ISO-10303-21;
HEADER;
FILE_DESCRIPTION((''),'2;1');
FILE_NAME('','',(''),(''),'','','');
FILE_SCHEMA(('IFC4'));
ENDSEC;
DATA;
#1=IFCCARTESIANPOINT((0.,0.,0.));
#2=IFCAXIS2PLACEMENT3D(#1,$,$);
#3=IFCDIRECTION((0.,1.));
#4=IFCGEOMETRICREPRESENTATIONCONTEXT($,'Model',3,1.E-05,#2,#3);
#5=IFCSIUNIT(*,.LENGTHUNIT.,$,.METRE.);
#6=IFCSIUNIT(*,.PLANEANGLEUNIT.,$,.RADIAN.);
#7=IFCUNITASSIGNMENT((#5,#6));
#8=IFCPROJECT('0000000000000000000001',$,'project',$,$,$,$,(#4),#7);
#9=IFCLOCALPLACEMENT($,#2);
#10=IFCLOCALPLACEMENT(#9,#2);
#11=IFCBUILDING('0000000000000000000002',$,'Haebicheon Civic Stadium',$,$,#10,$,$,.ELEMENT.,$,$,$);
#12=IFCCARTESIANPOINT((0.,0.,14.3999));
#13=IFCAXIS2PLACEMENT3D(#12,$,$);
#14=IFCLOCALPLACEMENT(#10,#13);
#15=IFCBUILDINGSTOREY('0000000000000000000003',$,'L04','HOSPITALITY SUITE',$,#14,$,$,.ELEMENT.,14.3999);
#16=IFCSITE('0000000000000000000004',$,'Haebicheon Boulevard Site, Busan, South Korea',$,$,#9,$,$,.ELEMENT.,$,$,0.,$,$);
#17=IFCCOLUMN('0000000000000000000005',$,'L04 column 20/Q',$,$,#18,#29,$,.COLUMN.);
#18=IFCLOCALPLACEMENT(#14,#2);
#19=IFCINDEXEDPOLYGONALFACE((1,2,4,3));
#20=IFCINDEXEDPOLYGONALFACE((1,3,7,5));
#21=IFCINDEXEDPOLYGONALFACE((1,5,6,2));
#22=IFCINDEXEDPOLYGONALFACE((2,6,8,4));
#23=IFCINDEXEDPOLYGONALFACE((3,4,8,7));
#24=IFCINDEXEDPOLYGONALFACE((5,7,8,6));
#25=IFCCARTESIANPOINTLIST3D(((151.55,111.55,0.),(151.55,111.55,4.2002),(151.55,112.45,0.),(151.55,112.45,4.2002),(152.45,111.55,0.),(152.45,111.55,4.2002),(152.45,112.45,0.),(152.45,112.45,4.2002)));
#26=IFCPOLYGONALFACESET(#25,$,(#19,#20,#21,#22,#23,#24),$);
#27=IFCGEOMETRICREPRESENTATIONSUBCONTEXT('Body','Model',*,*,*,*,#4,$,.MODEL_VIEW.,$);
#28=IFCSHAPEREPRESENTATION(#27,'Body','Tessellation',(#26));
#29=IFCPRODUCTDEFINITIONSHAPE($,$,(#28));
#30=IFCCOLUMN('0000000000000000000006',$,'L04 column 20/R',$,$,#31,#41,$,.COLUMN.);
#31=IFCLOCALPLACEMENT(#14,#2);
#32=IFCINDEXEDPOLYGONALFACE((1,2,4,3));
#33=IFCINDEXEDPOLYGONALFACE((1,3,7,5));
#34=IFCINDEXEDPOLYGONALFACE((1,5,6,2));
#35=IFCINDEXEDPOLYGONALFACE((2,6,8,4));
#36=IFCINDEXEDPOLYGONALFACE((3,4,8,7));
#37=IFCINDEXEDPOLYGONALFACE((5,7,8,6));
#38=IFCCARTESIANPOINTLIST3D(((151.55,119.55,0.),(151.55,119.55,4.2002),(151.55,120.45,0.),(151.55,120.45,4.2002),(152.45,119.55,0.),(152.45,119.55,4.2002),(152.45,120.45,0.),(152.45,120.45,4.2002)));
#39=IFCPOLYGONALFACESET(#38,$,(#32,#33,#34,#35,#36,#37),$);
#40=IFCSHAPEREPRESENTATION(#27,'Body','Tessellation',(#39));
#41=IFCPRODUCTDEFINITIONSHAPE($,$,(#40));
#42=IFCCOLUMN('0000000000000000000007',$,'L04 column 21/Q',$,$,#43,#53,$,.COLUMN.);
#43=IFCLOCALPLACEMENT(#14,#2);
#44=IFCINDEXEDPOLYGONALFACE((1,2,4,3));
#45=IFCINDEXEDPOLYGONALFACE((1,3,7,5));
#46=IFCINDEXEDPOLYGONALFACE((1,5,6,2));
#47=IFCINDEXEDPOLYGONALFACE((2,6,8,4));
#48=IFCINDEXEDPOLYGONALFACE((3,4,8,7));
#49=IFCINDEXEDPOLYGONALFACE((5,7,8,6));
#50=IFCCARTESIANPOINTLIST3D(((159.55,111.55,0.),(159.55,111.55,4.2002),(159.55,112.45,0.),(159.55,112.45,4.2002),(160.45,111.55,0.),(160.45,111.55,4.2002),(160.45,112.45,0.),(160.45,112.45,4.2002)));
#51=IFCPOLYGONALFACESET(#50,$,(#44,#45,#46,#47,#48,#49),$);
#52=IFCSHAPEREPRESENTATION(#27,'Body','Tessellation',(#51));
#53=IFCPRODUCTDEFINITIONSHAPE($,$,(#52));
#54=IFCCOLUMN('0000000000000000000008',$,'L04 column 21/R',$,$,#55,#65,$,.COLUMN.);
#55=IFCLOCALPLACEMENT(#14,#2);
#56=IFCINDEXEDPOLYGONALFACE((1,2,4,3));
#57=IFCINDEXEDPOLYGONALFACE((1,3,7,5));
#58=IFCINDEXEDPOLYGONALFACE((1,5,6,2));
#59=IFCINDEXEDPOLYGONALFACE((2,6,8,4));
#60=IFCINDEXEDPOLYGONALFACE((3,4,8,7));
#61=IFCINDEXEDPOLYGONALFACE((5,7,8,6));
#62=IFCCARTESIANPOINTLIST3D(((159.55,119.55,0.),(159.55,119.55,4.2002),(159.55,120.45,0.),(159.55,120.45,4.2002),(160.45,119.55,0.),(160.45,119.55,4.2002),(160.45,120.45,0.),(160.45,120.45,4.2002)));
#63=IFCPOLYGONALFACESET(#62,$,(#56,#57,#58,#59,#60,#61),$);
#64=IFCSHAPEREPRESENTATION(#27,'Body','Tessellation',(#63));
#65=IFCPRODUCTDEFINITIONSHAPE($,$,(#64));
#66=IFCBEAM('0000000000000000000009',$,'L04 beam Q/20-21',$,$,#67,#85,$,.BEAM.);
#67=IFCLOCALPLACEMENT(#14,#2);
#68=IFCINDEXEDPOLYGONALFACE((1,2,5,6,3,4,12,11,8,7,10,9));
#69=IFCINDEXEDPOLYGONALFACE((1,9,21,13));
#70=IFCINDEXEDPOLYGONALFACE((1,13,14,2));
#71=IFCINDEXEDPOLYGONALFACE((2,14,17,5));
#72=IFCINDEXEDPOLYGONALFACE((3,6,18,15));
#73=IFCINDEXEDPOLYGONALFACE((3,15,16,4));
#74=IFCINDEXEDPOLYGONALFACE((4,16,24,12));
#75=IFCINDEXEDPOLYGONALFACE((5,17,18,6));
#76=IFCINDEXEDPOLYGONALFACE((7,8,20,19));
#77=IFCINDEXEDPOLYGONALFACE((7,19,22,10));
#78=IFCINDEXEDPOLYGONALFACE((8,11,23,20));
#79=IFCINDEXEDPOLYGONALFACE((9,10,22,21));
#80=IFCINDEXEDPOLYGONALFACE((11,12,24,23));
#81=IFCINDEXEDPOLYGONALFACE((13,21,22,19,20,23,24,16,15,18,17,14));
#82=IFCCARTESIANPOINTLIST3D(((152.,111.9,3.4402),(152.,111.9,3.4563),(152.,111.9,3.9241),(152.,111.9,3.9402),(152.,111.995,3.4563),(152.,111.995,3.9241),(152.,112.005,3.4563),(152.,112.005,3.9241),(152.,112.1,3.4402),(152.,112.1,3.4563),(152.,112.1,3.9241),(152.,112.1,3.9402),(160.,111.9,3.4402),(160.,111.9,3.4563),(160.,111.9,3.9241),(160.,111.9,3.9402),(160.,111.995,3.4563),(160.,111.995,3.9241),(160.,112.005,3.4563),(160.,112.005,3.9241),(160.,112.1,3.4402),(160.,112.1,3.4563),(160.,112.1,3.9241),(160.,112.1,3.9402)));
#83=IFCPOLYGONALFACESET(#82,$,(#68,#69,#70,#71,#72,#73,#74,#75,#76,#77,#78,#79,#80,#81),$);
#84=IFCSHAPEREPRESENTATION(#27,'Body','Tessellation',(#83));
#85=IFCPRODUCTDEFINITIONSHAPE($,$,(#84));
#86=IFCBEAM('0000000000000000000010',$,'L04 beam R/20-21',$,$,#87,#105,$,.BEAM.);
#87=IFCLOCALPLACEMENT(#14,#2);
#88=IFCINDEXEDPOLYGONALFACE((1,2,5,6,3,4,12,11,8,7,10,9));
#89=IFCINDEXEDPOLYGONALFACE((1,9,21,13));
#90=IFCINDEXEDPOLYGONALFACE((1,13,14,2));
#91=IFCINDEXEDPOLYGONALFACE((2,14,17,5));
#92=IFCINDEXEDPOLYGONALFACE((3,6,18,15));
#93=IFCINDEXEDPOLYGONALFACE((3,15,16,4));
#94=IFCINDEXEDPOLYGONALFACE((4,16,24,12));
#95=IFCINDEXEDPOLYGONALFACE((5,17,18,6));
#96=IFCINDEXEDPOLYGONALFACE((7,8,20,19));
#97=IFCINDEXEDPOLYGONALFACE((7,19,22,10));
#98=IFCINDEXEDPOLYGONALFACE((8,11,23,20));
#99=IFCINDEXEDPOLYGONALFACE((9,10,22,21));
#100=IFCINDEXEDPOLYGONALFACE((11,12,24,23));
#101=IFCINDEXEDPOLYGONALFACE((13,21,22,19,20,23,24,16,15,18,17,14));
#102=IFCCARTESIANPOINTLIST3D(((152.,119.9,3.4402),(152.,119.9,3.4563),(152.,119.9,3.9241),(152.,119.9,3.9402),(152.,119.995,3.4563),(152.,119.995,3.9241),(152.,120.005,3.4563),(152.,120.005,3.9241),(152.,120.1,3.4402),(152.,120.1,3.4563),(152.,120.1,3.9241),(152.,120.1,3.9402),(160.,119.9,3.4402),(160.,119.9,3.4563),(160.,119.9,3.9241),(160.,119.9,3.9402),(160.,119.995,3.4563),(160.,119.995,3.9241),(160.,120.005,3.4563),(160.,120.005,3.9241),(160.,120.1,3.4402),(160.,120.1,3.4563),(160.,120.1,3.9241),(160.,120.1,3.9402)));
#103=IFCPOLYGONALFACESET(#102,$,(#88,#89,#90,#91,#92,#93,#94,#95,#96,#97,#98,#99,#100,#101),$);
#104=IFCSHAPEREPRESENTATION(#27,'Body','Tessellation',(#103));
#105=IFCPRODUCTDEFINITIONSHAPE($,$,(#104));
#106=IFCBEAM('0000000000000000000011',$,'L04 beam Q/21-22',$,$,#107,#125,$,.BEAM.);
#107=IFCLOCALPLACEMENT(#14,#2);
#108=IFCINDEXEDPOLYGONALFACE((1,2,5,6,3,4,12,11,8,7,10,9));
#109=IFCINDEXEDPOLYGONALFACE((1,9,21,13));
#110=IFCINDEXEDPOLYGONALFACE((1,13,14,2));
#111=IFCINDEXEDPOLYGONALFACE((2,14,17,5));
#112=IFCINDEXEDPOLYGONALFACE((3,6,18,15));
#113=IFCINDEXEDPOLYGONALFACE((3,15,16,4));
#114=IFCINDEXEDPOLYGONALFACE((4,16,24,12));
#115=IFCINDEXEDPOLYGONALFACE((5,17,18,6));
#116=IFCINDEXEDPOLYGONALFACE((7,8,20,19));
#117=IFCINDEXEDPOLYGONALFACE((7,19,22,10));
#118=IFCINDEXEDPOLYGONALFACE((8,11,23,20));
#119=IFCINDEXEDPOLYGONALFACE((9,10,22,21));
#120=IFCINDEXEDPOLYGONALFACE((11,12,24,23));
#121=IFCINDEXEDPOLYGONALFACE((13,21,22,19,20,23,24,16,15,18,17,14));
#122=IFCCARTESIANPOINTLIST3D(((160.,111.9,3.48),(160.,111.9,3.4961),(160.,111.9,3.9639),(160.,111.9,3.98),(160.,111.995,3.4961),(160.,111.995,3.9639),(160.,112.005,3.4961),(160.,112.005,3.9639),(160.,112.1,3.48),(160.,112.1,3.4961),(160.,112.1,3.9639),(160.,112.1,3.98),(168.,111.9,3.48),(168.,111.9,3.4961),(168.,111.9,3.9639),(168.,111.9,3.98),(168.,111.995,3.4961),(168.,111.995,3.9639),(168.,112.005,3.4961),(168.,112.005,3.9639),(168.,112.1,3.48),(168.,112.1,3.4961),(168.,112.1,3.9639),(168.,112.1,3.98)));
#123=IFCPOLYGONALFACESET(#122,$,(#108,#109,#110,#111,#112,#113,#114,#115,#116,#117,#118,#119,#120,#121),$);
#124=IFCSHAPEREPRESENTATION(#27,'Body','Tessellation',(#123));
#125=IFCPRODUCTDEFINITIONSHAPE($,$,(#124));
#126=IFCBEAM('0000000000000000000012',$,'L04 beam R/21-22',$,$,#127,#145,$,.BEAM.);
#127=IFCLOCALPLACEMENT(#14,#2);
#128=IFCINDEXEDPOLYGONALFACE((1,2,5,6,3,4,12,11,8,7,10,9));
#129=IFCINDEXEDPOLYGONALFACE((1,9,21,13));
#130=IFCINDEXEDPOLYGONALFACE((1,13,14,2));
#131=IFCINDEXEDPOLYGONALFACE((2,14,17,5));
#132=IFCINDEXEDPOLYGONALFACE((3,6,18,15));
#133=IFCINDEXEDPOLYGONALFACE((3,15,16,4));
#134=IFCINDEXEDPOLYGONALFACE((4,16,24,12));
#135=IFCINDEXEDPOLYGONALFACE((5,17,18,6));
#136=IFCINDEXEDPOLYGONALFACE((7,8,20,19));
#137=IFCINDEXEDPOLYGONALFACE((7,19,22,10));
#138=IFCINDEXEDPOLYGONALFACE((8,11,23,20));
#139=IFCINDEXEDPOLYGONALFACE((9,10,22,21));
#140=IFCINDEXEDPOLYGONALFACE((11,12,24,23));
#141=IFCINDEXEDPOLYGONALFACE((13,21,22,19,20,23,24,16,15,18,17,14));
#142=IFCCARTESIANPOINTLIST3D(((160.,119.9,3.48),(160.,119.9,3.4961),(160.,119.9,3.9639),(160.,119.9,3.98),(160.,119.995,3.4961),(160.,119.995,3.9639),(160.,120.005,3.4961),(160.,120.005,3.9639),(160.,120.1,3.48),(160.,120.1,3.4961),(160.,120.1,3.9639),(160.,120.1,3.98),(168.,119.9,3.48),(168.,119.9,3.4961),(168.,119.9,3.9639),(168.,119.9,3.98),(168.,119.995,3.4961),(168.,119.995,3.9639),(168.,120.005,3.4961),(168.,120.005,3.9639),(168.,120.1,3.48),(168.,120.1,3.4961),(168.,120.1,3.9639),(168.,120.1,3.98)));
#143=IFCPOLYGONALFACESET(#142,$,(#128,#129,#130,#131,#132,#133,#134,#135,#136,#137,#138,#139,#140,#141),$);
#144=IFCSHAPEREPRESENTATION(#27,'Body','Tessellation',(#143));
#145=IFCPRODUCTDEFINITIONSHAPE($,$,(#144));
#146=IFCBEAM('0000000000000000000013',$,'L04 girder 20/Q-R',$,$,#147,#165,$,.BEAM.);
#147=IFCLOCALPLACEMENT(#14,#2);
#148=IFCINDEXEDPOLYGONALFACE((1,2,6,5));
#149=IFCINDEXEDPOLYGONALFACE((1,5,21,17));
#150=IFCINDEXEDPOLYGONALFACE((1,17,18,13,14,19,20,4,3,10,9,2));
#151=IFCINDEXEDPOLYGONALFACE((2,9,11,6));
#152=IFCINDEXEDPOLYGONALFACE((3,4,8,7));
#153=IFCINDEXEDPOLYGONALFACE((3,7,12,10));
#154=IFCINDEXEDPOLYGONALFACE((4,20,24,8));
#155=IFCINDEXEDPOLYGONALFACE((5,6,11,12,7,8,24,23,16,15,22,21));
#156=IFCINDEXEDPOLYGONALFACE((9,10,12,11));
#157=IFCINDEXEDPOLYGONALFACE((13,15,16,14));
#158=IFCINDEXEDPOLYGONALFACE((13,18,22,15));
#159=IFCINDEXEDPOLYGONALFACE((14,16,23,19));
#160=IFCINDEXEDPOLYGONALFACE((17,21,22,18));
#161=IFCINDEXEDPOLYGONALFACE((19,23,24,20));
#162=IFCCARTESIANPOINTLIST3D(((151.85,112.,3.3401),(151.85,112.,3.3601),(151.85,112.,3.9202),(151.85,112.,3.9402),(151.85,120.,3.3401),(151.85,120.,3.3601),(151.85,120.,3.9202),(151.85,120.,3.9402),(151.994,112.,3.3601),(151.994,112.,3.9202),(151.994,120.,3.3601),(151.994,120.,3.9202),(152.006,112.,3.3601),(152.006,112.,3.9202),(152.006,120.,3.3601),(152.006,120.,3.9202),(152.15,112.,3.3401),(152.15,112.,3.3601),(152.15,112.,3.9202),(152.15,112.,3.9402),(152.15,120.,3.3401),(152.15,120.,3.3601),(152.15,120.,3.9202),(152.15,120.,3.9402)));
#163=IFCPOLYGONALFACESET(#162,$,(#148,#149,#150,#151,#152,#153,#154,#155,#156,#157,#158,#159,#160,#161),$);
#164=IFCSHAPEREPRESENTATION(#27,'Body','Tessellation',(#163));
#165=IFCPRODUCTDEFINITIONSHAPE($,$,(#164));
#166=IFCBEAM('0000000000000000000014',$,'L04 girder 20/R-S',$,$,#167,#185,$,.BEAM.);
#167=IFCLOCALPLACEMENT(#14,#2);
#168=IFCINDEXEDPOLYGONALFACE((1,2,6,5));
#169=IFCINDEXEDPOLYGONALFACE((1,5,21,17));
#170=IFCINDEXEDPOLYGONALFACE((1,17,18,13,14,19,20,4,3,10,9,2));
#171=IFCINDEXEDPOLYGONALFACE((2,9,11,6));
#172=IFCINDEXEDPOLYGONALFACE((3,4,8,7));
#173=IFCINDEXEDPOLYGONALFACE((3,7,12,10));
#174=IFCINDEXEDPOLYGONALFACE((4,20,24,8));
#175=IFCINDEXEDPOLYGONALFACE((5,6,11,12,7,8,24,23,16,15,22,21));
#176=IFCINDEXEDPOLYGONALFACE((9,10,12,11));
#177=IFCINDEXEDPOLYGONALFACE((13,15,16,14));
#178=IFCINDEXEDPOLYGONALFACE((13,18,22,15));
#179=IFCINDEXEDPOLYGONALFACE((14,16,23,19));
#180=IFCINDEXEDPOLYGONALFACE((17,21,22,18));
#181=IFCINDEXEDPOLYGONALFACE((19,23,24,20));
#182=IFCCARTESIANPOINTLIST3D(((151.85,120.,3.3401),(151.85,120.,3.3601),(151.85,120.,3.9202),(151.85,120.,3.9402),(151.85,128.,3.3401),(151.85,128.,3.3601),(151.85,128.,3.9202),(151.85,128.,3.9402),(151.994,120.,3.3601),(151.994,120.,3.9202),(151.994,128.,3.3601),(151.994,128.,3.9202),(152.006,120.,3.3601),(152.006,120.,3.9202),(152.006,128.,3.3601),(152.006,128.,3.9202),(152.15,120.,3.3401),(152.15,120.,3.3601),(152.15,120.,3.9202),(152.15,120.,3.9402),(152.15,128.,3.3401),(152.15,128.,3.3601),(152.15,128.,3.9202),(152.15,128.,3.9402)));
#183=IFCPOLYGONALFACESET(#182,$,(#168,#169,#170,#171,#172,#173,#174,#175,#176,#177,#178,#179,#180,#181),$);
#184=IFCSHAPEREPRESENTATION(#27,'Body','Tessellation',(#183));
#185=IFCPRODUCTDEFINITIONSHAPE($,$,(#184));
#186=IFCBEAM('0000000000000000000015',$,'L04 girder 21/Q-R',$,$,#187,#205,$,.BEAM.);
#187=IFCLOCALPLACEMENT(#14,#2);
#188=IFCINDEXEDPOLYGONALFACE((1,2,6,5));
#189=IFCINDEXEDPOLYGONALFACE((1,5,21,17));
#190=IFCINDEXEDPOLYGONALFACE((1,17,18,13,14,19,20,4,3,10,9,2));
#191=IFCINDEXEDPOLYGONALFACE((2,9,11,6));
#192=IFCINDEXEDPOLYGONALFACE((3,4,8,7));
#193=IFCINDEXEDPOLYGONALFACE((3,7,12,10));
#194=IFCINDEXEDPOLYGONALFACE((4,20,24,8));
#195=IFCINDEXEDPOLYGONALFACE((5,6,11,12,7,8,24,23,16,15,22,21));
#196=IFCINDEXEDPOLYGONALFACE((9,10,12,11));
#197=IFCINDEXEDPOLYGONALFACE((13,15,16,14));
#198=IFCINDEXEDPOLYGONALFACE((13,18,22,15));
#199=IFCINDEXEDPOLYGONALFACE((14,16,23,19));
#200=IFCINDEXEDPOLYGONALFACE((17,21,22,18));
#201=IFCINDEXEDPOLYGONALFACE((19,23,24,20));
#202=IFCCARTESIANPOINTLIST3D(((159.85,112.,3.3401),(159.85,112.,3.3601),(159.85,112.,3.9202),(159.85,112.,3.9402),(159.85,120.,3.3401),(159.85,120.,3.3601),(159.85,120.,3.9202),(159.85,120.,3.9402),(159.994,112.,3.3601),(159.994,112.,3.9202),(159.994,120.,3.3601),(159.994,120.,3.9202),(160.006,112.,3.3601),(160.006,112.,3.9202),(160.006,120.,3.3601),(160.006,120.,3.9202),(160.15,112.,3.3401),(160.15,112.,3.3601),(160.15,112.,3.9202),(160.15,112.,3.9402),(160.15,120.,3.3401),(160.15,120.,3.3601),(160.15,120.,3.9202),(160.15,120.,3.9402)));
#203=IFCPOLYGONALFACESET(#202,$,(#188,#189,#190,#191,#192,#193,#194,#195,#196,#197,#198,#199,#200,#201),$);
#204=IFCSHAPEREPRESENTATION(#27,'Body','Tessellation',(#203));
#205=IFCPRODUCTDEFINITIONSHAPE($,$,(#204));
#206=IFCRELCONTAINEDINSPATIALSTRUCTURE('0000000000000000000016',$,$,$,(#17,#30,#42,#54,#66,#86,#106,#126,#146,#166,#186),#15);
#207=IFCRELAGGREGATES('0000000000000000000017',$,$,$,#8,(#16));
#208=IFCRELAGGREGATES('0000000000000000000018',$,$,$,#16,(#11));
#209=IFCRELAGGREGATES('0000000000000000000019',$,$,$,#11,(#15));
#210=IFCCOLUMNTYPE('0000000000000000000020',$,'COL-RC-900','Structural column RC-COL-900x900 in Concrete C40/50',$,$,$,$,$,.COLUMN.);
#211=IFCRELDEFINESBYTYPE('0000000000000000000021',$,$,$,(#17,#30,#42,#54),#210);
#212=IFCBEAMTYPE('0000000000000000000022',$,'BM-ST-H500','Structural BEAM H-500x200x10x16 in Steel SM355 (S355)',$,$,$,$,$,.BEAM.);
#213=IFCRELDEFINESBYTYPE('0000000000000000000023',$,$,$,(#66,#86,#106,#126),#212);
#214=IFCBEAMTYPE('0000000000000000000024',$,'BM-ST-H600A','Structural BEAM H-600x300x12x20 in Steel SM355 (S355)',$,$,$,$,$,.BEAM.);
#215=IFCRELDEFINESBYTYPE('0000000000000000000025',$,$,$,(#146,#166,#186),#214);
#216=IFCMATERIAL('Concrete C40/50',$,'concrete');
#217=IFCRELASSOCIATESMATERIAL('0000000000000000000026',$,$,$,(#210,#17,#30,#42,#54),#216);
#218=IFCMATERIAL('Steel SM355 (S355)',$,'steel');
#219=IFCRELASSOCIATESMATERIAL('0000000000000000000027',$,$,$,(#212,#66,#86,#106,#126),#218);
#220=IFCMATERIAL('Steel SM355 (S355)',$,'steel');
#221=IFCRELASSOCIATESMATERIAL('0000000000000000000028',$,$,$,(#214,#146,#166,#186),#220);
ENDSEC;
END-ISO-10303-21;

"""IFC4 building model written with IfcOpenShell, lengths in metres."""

from ifc_helpers import new_model, si_unit, direction, frame, origin, origin_2d, place, context, subcontext, project, spatial, rectangle, i_section, extrude, material, material_profile, profile_set, type_object, element, save


model = new_model("IFC4")

# Units and contexts
model_context = context("Model", 3, precision=1e-05, world=origin(), true_north=direction((0.0, 1.0)))
body_context = subcontext(model_context, "Body", "Model", "MODEL_VIEW")
ifc_project = project(units=[si_unit("LENGTHUNIT", "METRE"), si_unit("PLANEANGLEUNIT", "RADIAN")], contexts=[model_context])

# Site, building, storey
site_placement = place(None, origin())
site = spatial("IfcSite", under=ifc_project, at=site_placement, Name="Haebicheon Boulevard Site, Busan, South Korea", CompositionType="ELEMENT", RefElevation=0.0)
building_placement = place(site_placement, origin())
building = spatial("IfcBuilding", under=site, at=building_placement, Name="Haebicheon Civic Stadium", CompositionType="ELEMENT")
storey_placement = place(building_placement, frame((0.0, 0.0, 14.3999)))
storey = spatial("IfcBuildingStorey", under=building, at=storey_placement, Name="L04", Description="HOSPITALITY SUITE", CompositionType="ELEMENT", Elevation=14.3999)

# Columns
ifc_material_1 = material(Name="Concrete C40/50", Category="concrete")
ifc_material_profile_1 = material_profile(ifc_material_1, rectangle(XDim=0.8999, YDim=0.8999, at=origin_2d()), Name="RC-COL-900x900")
ifc_profile_set_1 = profile_set([ifc_material_profile_1], Name="Concrete C40/50")
column_type = type_object("IfcColumnType", Name="COL-RC-900", Description="Structural column RC-COL-900x900 in Concrete C40/50", PredefinedType="COLUMN", material=ifc_profile_set_1)
for number, where, z_axis, x_axis, name in (
    (1, (152.0, 112.0, 0.0), (0.0, 0.0, 1.0), (1.0, 0.0, 0.0), "L04 column 20/Q"),
    (2, (152.0, 120.0, 0.0), (0.0, 0.0, 1.0), (1.0, 0.0, 0.0), "L04 column 20/R"),
    (3, (160.0, 112.0, 0.0), (0.0, 0.0, 1.0), (1.0, 0.0, 0.0), "L04 column 21/Q"),
    (4, (160.0, 120.0, 0.0), (0.0, 0.0, 1.0), (1.0, 0.0, 0.0), "L04 column 21/R"),
):
    element("IfcColumn", number, at=place(storey_placement, frame(where, z_axis=z_axis, x_axis=x_axis)), inside=storey, type_object=column_type, material=ifc_profile_set_1, Name=name, PredefinedType="COLUMN", context=body_context, shape_type="SweptSolid", body=[
        extrude(rectangle(XDim=0.8999, YDim=0.8999, at=origin_2d()), origin(), (0.0, 0.0, 1.0), 4.2002),
    ])

# Beams
ifc_material_2 = material(Name="Steel SM355 (S355)", Category="steel")
ifc_material_profile_2 = material_profile(ifc_material_2, i_section(OverallWidth=0.2, OverallDepth=0.5, WebThickness=0.01, FlangeThickness=0.0161, at=origin_2d()), Name="H-500x200x10x16")
ifc_profile_set_2 = profile_set([ifc_material_profile_2], Name="Steel SM355 (S355)")
beam_type_1 = type_object("IfcBeamType", Name="BM-ST-H500", Description="Structural BEAM H-500x200x10x16 in Steel SM355 (S355)", PredefinedType="BEAM", material=ifc_profile_set_2)
for number, where, z_axis, x_axis, name in (
    (5, (152.0, 112.0, 3.6902), (1.0, 0.0, 0.0), (0.0, 1.0, 0.0), "L04 beam Q/20-21"),
    (6, (152.0, 120.0, 3.6902), (1.0, 0.0, 0.0), (0.0, 1.0, 0.0), "L04 beam R/20-21"),
    (7, (160.0, 112.0, 3.73), (1.0, 0.0, 0.0), (0.0, 1.0, 0.0), "L04 beam Q/21-22"),
    (8, (160.0, 120.0, 3.73), (1.0, 0.0, 0.0), (0.0, 1.0, 0.0), "L04 beam R/21-22"),
):
    element("IfcBeam", number, at=place(storey_placement, frame(where, z_axis=z_axis, x_axis=x_axis)), inside=storey, type_object=beam_type_1, material=ifc_profile_set_2, Name=name, PredefinedType="BEAM", context=body_context, shape_type="SweptSolid", body=[
        extrude(i_section(OverallWidth=0.2, OverallDepth=0.5, WebThickness=0.01, FlangeThickness=0.0161, at=origin_2d()), origin(), (0.0, 0.0, 1.0), 8.0),
    ])
ifc_material_3 = material(Name="Steel SM355 (S355)", Category="steel")
ifc_material_profile_3 = material_profile(ifc_material_3, i_section(OverallWidth=0.3, OverallDepth=0.6001, WebThickness=0.012, FlangeThickness=0.02, at=origin_2d()), Name="H-600x300x12x20")
ifc_profile_set_3 = profile_set([ifc_material_profile_3], Name="Steel SM355 (S355)")
beam_type_2 = type_object("IfcBeamType", Name="BM-ST-H600A", Description="Structural BEAM H-600x300x12x20 in Steel SM355 (S355)", PredefinedType="BEAM", material=ifc_profile_set_3)
for number, where, z_axis, x_axis, name in (
    (9, (152.0, 112.0, 3.6401), (0.0, 1.0, 0.0), (-1.0, 0.0, 0.0), "L04 girder 20/Q-R"),
    (10, (152.0, 120.0, 3.6401), (0.0, 1.0, 0.0), (-1.0, 0.0, 0.0), "L04 girder 20/R-S"),
    (11, (160.0, 112.0, 3.6401), (0.0, 1.0, 0.0), (-1.0, 0.0, 0.0), "L04 girder 21/Q-R"),
):
    element("IfcBeam", number, at=place(storey_placement, frame(where, z_axis=z_axis, x_axis=x_axis)), inside=storey, type_object=beam_type_2, material=ifc_profile_set_3, Name=name, PredefinedType="BEAM", context=body_context, shape_type="SweptSolid", body=[
        extrude(i_section(OverallWidth=0.3, OverallDepth=0.6001, WebThickness=0.012, FlangeThickness=0.02, at=origin_2d()), origin(), (0.0, 0.0, 1.0), 8.0),
    ])

save(model, "model.ifc")
